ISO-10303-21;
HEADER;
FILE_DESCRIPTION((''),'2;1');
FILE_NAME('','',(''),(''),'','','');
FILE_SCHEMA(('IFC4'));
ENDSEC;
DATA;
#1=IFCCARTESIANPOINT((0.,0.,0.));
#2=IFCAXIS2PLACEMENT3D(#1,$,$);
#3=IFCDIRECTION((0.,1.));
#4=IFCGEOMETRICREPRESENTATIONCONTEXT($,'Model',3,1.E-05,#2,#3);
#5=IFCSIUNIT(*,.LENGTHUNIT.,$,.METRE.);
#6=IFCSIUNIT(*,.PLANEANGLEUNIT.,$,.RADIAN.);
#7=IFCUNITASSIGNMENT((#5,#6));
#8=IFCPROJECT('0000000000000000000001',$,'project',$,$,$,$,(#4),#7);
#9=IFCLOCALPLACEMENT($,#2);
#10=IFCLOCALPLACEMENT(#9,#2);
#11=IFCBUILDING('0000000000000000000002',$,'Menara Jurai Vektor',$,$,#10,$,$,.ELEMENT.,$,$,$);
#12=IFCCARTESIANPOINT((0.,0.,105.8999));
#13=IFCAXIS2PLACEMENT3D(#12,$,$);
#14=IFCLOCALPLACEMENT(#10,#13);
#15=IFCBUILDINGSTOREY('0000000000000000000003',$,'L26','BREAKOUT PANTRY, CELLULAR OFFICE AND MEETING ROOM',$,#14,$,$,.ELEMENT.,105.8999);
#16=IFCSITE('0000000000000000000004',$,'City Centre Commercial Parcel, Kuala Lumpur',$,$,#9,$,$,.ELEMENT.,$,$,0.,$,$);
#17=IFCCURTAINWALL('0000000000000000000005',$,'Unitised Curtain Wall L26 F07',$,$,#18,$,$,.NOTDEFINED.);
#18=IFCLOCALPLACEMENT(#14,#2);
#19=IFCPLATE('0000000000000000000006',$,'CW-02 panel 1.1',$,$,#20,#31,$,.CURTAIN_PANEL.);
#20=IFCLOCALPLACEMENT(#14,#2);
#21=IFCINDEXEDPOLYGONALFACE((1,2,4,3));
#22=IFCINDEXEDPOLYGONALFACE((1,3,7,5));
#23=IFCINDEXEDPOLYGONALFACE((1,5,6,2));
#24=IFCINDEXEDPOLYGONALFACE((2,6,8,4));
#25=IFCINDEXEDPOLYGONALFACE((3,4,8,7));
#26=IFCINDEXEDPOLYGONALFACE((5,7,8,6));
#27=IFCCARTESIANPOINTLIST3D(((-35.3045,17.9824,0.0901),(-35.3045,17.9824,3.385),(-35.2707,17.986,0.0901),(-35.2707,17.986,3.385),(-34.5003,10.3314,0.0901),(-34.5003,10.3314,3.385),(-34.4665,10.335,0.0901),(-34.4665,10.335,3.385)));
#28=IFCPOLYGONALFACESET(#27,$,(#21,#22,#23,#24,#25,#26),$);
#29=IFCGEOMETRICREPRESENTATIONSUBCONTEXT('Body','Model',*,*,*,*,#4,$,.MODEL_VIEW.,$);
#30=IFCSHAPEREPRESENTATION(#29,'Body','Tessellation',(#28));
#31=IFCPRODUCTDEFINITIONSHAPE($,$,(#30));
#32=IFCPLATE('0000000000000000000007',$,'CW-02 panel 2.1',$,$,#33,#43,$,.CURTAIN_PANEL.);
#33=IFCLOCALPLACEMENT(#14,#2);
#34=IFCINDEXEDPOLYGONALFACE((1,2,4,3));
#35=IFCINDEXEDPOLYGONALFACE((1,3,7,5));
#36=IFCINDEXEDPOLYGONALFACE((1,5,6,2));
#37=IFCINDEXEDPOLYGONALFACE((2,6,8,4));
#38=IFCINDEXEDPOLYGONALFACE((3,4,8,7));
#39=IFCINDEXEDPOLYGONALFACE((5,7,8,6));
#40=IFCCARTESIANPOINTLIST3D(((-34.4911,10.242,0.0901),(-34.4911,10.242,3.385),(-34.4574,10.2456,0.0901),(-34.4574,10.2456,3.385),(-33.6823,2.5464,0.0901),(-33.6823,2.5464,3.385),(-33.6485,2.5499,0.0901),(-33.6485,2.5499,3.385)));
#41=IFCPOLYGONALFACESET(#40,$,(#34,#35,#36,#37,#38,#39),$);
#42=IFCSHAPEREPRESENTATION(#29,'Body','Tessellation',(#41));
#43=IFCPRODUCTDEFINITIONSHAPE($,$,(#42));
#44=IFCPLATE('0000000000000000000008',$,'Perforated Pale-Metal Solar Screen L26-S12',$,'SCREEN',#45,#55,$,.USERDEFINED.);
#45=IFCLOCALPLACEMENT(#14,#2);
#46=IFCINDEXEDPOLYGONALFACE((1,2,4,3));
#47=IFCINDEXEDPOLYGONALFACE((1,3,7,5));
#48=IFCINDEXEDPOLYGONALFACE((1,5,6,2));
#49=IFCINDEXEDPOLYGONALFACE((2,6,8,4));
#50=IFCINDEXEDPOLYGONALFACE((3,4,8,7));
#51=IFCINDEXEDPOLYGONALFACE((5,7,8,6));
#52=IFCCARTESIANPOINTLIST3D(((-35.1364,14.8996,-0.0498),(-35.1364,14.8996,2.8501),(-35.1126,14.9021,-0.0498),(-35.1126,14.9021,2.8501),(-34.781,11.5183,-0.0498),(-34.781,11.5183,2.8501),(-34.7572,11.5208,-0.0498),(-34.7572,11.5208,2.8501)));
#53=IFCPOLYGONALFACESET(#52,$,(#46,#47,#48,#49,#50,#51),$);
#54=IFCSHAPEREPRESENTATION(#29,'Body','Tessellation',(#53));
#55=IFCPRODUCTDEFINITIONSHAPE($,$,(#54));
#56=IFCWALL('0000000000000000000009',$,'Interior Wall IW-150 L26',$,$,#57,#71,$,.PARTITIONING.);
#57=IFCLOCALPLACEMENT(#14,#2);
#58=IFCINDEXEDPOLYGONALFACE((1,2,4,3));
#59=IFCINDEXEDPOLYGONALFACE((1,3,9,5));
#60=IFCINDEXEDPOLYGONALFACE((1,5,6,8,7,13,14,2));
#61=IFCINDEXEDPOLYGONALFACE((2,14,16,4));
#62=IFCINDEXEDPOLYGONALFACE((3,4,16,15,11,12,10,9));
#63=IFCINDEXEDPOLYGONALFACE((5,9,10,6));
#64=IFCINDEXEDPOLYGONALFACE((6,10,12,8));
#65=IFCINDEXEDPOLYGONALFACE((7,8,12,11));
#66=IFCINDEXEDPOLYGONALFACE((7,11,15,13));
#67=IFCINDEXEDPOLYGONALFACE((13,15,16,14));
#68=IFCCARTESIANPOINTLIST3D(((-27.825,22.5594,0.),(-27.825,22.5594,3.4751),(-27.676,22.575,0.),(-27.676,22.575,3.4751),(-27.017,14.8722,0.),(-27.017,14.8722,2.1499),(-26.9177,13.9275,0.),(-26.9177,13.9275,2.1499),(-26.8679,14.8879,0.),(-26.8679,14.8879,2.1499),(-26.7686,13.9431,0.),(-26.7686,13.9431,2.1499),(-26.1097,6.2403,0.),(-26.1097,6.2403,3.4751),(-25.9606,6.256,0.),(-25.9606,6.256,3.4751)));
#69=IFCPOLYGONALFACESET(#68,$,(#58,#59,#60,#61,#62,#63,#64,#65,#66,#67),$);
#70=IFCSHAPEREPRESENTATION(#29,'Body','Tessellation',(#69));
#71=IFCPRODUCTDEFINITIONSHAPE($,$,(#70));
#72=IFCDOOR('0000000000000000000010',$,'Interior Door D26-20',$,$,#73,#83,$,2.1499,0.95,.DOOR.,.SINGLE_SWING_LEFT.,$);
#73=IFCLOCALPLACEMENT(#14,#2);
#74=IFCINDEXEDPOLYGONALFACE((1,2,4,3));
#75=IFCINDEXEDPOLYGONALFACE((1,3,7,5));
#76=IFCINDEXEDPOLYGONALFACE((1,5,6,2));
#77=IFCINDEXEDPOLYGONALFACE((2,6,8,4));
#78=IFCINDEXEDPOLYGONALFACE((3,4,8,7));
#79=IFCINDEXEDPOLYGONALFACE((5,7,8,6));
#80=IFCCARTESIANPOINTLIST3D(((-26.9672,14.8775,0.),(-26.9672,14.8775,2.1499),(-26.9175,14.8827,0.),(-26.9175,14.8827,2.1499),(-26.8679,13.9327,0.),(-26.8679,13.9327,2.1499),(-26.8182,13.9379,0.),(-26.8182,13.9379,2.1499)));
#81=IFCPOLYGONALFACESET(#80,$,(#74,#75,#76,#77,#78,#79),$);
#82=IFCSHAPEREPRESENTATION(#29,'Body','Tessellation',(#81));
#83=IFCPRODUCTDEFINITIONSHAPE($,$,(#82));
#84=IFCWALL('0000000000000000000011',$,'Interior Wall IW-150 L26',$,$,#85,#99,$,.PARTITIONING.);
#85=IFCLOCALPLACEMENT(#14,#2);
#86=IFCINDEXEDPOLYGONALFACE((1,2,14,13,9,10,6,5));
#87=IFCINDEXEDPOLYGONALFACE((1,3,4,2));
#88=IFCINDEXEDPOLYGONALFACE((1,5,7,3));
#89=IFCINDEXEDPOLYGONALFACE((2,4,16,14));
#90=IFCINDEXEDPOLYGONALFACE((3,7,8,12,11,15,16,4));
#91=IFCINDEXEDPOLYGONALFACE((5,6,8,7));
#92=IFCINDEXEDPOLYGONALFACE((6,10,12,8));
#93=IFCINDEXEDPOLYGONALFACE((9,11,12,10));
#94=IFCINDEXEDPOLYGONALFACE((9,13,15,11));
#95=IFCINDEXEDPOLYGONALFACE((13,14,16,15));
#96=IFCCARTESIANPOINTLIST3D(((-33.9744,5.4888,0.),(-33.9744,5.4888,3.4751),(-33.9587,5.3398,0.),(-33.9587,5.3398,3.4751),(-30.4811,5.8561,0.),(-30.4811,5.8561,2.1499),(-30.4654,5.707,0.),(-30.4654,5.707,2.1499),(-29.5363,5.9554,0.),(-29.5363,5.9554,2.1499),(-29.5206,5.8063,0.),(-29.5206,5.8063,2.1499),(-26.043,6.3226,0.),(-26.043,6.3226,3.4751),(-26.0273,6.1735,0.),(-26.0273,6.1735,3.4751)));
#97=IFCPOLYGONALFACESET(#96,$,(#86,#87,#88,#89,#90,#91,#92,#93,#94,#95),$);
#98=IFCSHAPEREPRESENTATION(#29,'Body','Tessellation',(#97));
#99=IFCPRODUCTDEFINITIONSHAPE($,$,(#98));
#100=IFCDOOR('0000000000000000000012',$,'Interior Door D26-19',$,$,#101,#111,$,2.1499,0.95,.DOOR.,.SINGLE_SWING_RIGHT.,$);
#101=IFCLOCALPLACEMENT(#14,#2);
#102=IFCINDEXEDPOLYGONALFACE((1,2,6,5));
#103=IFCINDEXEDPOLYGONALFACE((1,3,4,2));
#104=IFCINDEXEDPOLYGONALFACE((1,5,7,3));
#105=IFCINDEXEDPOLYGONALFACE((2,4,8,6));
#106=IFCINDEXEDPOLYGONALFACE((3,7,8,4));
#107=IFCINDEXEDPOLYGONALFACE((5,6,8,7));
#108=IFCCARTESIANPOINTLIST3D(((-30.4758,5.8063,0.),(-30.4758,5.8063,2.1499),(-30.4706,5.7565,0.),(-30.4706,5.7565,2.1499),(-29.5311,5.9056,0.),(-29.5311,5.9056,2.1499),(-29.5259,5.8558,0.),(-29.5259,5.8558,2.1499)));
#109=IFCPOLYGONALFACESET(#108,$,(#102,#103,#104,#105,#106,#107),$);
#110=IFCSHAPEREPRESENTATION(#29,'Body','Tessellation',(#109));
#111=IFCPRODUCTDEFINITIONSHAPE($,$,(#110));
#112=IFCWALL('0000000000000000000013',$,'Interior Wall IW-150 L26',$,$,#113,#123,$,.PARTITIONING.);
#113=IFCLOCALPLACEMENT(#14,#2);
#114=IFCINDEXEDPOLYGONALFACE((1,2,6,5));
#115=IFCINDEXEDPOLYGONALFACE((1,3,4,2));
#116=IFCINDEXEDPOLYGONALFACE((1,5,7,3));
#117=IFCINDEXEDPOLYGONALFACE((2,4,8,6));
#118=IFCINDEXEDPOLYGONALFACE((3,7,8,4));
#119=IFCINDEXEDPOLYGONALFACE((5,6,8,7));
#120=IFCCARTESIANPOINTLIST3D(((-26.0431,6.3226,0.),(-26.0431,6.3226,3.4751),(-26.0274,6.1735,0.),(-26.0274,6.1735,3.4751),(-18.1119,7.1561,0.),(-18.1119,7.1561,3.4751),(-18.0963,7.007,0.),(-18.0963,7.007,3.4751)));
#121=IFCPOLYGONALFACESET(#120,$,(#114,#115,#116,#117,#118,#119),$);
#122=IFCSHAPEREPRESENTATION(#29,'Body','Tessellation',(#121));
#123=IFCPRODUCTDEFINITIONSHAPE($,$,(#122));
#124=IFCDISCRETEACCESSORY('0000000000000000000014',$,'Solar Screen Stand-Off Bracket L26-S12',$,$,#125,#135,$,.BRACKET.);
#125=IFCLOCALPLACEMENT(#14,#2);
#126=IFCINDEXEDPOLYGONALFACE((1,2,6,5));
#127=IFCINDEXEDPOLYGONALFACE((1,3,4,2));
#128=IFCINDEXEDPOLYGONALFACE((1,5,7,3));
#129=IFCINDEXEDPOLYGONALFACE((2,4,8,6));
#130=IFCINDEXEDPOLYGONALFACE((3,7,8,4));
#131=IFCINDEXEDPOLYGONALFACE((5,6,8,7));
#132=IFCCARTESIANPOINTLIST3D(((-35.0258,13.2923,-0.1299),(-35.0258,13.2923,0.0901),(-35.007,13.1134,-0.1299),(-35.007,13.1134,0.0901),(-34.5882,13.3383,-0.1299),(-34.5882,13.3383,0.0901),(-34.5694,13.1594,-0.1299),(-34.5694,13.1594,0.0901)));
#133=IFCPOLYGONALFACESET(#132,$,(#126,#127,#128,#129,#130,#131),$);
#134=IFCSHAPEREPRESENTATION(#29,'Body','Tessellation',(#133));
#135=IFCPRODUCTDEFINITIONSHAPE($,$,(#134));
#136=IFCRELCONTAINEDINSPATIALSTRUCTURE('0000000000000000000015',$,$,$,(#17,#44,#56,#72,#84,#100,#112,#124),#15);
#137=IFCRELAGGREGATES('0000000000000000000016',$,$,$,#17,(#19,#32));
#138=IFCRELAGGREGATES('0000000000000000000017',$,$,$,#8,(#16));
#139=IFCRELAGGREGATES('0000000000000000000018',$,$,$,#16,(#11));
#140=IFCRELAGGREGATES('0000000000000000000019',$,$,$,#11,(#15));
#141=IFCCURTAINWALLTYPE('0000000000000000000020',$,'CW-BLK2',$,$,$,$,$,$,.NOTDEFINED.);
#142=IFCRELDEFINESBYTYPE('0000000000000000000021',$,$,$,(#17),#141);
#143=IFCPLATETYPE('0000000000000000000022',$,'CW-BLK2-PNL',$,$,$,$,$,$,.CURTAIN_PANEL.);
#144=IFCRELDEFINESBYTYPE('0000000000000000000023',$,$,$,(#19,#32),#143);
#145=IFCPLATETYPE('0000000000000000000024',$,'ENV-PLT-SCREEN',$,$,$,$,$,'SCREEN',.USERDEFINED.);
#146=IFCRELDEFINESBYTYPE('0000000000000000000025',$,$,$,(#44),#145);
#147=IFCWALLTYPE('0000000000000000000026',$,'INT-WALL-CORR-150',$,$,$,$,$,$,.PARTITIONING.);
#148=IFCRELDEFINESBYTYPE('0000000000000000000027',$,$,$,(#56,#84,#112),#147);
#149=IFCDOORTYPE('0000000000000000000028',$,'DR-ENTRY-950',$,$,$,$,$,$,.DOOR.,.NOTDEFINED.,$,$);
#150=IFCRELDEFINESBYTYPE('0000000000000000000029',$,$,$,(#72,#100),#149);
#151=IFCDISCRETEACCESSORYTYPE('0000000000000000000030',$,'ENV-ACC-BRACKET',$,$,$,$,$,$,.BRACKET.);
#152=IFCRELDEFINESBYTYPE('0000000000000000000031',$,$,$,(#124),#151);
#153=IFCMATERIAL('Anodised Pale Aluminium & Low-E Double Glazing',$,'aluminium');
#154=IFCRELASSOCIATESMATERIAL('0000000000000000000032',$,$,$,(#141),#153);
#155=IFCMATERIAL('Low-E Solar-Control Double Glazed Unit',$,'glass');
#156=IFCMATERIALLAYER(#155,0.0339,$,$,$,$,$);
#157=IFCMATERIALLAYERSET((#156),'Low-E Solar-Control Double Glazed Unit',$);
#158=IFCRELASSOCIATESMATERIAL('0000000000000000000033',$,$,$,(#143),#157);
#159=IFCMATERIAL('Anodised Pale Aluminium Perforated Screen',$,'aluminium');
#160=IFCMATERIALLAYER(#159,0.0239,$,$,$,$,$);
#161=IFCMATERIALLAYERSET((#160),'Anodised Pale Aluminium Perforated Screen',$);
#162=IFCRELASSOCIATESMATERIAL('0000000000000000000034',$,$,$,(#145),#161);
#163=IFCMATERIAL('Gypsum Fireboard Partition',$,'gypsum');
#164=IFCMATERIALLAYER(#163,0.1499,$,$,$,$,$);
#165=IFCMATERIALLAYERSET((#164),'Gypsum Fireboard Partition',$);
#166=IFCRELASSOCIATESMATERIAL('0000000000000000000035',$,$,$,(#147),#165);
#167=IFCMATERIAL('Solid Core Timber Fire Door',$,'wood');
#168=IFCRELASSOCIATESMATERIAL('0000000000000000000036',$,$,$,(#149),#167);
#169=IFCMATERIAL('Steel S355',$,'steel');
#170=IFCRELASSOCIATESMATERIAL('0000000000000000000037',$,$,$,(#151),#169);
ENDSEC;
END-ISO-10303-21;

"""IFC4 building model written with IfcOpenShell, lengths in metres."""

from ifc_helpers import new_model, si_unit, direction, frame, frame_2d, origin, origin_2d, place, context, subcontext, project, spatial, rectangle, extrude, material, layer, layer_set, type_object, element, fill, aggregate, save


model = new_model("IFC4")

# Units and contexts
model_context = context("Model", 3, precision=1e-05, world=origin(), true_north=direction((0.0, 1.0)))
body_context = subcontext(model_context, "Body", "Model", "MODEL_VIEW")
ifc_project = project(units=[si_unit("LENGTHUNIT", "METRE"), si_unit("PLANEANGLEUNIT", "RADIAN")], contexts=[model_context])

# Site, building, storey
site_placement = place(None, origin())
site = spatial("IfcSite", under=ifc_project, at=site_placement, Name="City Centre Commercial Parcel, Kuala Lumpur", CompositionType="ELEMENT", RefElevation=0.0)
building_placement = place(site_placement, origin())
building = spatial("IfcBuilding", under=site, at=building_placement, Name="Menara Jurai Vektor", CompositionType="ELEMENT")
storey_placement = place(building_placement, frame((0.0, 0.0, 105.8999)))
storey = spatial("IfcBuildingStorey", under=building, at=storey_placement, Name="L26", Description="BREAKOUT PANTRY, CELLULAR OFFICE AND MEETING ROOM", CompositionType="ELEMENT", Elevation=105.8999)

# Curtain wall
ifc_material_1 = material(Name="Anodised Pale Aluminium & Low-E Double Glazing", Category="aluminium")
curtain_wall_type = type_object("IfcCurtainWallType", Name="CW-BLK2", PredefinedType="NOTDEFINED", material=ifc_material_1)
curtain_wall_placement = place(storey_placement, origin())
curtain_wall = element("IfcCurtainWall", 1, at=curtain_wall_placement, inside=storey, type_object=curtain_wall_type, Name="Unitised Curtain Wall L26 F07", PredefinedType="NOTDEFINED")

# Shared definitions
ifc_material_2 = material(Name="Steel S355", Category="steel")

# Plates
ifc_material_3 = material(Name="Low-E Solar-Control Double Glazed Unit", Category="glass")
ifc_layer_1 = layer(ifc_material_3, 0.0339)
ifc_layer_set_1 = layer_set([ifc_layer_1], Name="Low-E Solar-Control Double Glazed Unit")
plate_type_1 = type_object("IfcPlateType", Name="CW-BLK2-PNL", PredefinedType="CURTAIN_PANEL", material=ifc_layer_set_1)
plate_1_placement = place(storey_placement, frame((-34.8855, 14.1587, 0.0901), z_axis=(0.0, 0.0, 1.0), x_axis=(0.10453, -0.994522, 0.0)))
plate_1 = element("IfcPlate", 2, at=plate_1_placement, type_object=plate_type_1, Name="CW-02 panel 1.1", PredefinedType="CURTAIN_PANEL", context=body_context, shape_type="SweptSolid", body=[
    extrude(rectangle(XDim=7.6931, YDim=0.0339, at=origin_2d()), origin(), (0.0, 0.0, 1.0), 3.2949),
])
plate_2_placement = place(storey_placement, frame((-34.0698, 6.396, 0.0901), z_axis=(0.0, 0.0, 1.0), x_axis=(0.10453, -0.994522, 0.0)))
plate_2 = element("IfcPlate", 3, at=plate_2_placement, type_object=plate_type_1, Name="CW-02 panel 2.1", PredefinedType="CURTAIN_PANEL", context=body_context, shape_type="SweptSolid", body=[
    extrude(rectangle(XDim=7.738, YDim=0.0339, at=origin_2d()), origin(), (0.0, 0.0, 1.0), 3.2949),
])
aggregate(curtain_wall, [plate_1, plate_2])
ifc_material_4 = material(Name="Anodised Pale Aluminium Perforated Screen", Category="aluminium")
ifc_layer_2 = layer(ifc_material_4, 0.0239)
ifc_layer_set_2 = layer_set([ifc_layer_2], Name="Anodised Pale Aluminium Perforated Screen")
plate_type_2 = type_object("IfcPlateType", Name="ENV-PLT-SCREEN", ElementType="SCREEN", PredefinedType="USERDEFINED", material=ifc_layer_set_2)
plate_3_placement = place(storey_placement, frame((-34.9468, 13.2102, -0.0498), z_axis=(0.0, 0.0, 1.0), x_axis=(0.104528, -0.994522, 0.0)))
element("IfcPlate", 4, at=plate_3_placement, inside=storey, type_object=plate_type_2, Name="Perforated Pale-Metal Solar Screen L26-S12", ObjectType="SCREEN", PredefinedType="USERDEFINED", context=body_context, shape_type="SweptSolid", body=[
    extrude(rectangle(XDim=3.3999, YDim=0.0239, at=origin_2d()), origin(), (0.0, 0.0, 1.0), 2.8999),
])

# Walls, openings, doors
ifc_material_5 = material(Name="Gypsum Fireboard Partition", Category="gypsum")
ifc_layer_3 = layer(ifc_material_5, 0.1499)
ifc_layer_set_3 = layer_set([ifc_layer_3], Name="Gypsum Fireboard Partition")
wall_type = type_object("IfcWallType", Name="INT-WALL-CORR-150", PredefinedType="PARTITIONING", material=ifc_layer_set_3)
wall_1_placement = place(storey_placement, frame((-26.0352, 6.248, 0.0), z_axis=(0.0, 0.0, 1.0), x_axis=(-0.104536, 0.994521, 0.0)))
wall_1 = element("IfcWall", 5, at=wall_1_placement, inside=storey, type_object=wall_type, Name="Interior Wall IW-150 L26", PredefinedType="PARTITIONING", context=body_context, shape_type="SweptSolid", body=[
    extrude(rectangle(XDim=16.4089, YDim=0.1499, at=frame_2d((8.2046, 0.0))), origin(), (0.0, 0.0, 1.0), 3.4751),
])
opening_1_placement = place(wall_1_placement, frame((7.7295, 0.0, 0.0)))
opening_1 = element("IfcOpeningElement", 6, at=opening_1_placement, cuts=wall_1, PredefinedType="OPENING", context=body_context, shape_type="SweptSolid", body=[
    extrude(rectangle(XDim=0.95, YDim=2.1499, at=frame_2d((0.4751, 1.075))), frame((0.0, 0.085, 0.0), z_axis=(0.0, -1.0, 0.0), x_axis=(1.0, 0.0, 0.0)), (0.0, 0.0, 1.0), 0.1699),
])
ifc_material_6 = material(Name="Solid Core Timber Fire Door", Category="wood")
door_type = type_object("IfcDoorType", Name="DR-ENTRY-950", OperationType="NOTDEFINED", PredefinedType="DOOR", material=ifc_material_6)
door_1_placement = place(opening_1_placement, origin())
door_1 = element("IfcDoor", 7, at=door_1_placement, inside=storey, type_object=door_type, Name="Interior Door D26-20", OperationType="SINGLE_SWING_LEFT", OverallHeight=2.1499, OverallWidth=0.95, PredefinedType="DOOR", context=body_context, shape_type="SweptSolid", body=[
    extrude(rectangle(XDim=0.95, YDim=2.1499, at=frame_2d((0.4751, 1.075))), frame((0.0, 0.0249, 0.0), z_axis=(0.0, -1.0, 0.0), x_axis=(1.0, 0.0, 0.0)), (0.0, 0.0, 1.0), 0.05),
])
fill(opening_1, door_1)
wall_2_placement = place(storey_placement, frame((-33.9666, 5.4143, 0.0), z_axis=(0.0, 0.0, 1.0), x_axis=(0.99452, 0.104543, 0.0)))
wall_2 = element("IfcWall", 8, at=wall_2_placement, inside=storey, type_object=wall_type, Name="Interior Wall IW-150 L26", PredefinedType="PARTITIONING", context=body_context, shape_type="SweptSolid", body=[
    extrude(rectangle(XDim=7.9751, YDim=0.1499, at=frame_2d((3.9875, 0.0))), origin(), (0.0, 0.0, 1.0), 3.4751),
])
opening_2_placement = place(wall_2_placement, frame((3.5125, 0.0, 0.0)))
opening_2 = element("IfcOpeningElement", 9, at=opening_2_placement, cuts=wall_2, PredefinedType="OPENING", context=body_context, shape_type="SweptSolid", body=[
    extrude(rectangle(XDim=0.95, YDim=2.1499, at=frame_2d((0.4751, 1.075))), frame((0.0, 0.085, 0.0), z_axis=(0.0, -1.0, 0.0), x_axis=(1.0, 0.0, 0.0)), (0.0, 0.0, 1.0), 0.1699),
])
door_2_placement = place(opening_2_placement, origin())
door_2 = element("IfcDoor", 10, at=door_2_placement, inside=storey, type_object=door_type, Name="Interior Door D26-19", OperationType="SINGLE_SWING_RIGHT", OverallHeight=2.1499, OverallWidth=0.95, PredefinedType="DOOR", context=body_context, shape_type="SweptSolid", body=[
    extrude(rectangle(XDim=0.95, YDim=2.1499, at=frame_2d((0.4751, 1.075))), frame((0.0, 0.0249, 0.0), z_axis=(0.0, -1.0, 0.0), x_axis=(1.0, 0.0, 0.0)), (0.0, 0.0, 1.0), 0.05),
])
fill(opening_2, door_2)

# Wall
wall_3_placement = place(storey_placement, frame((-26.0352, 6.248, 0.0), z_axis=(0.0, 0.0, 1.0), x_axis=(0.994523, 0.104516, 0.0)))
element("IfcWall", 11, at=wall_3_placement, inside=storey, type_object=wall_type, Name="Interior Wall IW-150 L26", PredefinedType="PARTITIONING", context=body_context, shape_type="SweptSolid", body=[
    extrude(rectangle(XDim=7.9749, YDim=0.1499, at=frame_2d((3.9873, 0.0))), origin(), (0.0, 0.0, 1.0), 3.4751),
])

# Discrete accessory
discrete_accessory_type = type_object("IfcDiscreteAccessoryType", Name="ENV-ACC-BRACKET", PredefinedType="BRACKET", material=ifc_material_2)
discrete_accessory_placement = place(storey_placement, frame((-34.7976, 13.2258, -0.1299), z_axis=(0.0, 0.0, 1.0), x_axis=(0.104528, -0.994522, 0.0)))
element("IfcDiscreteAccessory", 12, at=discrete_accessory_placement, inside=storey, type_object=discrete_accessory_type, Name="Solar Screen Stand-Off Bracket L26-S12", PredefinedType="BRACKET", context=body_context, shape_type="SweptSolid", body=[
    extrude(rectangle(XDim=0.1799, YDim=0.4399, at=origin_2d()), origin(), (0.0, 0.0, 1.0), 0.22),
])

save(model, "model.ifc")
